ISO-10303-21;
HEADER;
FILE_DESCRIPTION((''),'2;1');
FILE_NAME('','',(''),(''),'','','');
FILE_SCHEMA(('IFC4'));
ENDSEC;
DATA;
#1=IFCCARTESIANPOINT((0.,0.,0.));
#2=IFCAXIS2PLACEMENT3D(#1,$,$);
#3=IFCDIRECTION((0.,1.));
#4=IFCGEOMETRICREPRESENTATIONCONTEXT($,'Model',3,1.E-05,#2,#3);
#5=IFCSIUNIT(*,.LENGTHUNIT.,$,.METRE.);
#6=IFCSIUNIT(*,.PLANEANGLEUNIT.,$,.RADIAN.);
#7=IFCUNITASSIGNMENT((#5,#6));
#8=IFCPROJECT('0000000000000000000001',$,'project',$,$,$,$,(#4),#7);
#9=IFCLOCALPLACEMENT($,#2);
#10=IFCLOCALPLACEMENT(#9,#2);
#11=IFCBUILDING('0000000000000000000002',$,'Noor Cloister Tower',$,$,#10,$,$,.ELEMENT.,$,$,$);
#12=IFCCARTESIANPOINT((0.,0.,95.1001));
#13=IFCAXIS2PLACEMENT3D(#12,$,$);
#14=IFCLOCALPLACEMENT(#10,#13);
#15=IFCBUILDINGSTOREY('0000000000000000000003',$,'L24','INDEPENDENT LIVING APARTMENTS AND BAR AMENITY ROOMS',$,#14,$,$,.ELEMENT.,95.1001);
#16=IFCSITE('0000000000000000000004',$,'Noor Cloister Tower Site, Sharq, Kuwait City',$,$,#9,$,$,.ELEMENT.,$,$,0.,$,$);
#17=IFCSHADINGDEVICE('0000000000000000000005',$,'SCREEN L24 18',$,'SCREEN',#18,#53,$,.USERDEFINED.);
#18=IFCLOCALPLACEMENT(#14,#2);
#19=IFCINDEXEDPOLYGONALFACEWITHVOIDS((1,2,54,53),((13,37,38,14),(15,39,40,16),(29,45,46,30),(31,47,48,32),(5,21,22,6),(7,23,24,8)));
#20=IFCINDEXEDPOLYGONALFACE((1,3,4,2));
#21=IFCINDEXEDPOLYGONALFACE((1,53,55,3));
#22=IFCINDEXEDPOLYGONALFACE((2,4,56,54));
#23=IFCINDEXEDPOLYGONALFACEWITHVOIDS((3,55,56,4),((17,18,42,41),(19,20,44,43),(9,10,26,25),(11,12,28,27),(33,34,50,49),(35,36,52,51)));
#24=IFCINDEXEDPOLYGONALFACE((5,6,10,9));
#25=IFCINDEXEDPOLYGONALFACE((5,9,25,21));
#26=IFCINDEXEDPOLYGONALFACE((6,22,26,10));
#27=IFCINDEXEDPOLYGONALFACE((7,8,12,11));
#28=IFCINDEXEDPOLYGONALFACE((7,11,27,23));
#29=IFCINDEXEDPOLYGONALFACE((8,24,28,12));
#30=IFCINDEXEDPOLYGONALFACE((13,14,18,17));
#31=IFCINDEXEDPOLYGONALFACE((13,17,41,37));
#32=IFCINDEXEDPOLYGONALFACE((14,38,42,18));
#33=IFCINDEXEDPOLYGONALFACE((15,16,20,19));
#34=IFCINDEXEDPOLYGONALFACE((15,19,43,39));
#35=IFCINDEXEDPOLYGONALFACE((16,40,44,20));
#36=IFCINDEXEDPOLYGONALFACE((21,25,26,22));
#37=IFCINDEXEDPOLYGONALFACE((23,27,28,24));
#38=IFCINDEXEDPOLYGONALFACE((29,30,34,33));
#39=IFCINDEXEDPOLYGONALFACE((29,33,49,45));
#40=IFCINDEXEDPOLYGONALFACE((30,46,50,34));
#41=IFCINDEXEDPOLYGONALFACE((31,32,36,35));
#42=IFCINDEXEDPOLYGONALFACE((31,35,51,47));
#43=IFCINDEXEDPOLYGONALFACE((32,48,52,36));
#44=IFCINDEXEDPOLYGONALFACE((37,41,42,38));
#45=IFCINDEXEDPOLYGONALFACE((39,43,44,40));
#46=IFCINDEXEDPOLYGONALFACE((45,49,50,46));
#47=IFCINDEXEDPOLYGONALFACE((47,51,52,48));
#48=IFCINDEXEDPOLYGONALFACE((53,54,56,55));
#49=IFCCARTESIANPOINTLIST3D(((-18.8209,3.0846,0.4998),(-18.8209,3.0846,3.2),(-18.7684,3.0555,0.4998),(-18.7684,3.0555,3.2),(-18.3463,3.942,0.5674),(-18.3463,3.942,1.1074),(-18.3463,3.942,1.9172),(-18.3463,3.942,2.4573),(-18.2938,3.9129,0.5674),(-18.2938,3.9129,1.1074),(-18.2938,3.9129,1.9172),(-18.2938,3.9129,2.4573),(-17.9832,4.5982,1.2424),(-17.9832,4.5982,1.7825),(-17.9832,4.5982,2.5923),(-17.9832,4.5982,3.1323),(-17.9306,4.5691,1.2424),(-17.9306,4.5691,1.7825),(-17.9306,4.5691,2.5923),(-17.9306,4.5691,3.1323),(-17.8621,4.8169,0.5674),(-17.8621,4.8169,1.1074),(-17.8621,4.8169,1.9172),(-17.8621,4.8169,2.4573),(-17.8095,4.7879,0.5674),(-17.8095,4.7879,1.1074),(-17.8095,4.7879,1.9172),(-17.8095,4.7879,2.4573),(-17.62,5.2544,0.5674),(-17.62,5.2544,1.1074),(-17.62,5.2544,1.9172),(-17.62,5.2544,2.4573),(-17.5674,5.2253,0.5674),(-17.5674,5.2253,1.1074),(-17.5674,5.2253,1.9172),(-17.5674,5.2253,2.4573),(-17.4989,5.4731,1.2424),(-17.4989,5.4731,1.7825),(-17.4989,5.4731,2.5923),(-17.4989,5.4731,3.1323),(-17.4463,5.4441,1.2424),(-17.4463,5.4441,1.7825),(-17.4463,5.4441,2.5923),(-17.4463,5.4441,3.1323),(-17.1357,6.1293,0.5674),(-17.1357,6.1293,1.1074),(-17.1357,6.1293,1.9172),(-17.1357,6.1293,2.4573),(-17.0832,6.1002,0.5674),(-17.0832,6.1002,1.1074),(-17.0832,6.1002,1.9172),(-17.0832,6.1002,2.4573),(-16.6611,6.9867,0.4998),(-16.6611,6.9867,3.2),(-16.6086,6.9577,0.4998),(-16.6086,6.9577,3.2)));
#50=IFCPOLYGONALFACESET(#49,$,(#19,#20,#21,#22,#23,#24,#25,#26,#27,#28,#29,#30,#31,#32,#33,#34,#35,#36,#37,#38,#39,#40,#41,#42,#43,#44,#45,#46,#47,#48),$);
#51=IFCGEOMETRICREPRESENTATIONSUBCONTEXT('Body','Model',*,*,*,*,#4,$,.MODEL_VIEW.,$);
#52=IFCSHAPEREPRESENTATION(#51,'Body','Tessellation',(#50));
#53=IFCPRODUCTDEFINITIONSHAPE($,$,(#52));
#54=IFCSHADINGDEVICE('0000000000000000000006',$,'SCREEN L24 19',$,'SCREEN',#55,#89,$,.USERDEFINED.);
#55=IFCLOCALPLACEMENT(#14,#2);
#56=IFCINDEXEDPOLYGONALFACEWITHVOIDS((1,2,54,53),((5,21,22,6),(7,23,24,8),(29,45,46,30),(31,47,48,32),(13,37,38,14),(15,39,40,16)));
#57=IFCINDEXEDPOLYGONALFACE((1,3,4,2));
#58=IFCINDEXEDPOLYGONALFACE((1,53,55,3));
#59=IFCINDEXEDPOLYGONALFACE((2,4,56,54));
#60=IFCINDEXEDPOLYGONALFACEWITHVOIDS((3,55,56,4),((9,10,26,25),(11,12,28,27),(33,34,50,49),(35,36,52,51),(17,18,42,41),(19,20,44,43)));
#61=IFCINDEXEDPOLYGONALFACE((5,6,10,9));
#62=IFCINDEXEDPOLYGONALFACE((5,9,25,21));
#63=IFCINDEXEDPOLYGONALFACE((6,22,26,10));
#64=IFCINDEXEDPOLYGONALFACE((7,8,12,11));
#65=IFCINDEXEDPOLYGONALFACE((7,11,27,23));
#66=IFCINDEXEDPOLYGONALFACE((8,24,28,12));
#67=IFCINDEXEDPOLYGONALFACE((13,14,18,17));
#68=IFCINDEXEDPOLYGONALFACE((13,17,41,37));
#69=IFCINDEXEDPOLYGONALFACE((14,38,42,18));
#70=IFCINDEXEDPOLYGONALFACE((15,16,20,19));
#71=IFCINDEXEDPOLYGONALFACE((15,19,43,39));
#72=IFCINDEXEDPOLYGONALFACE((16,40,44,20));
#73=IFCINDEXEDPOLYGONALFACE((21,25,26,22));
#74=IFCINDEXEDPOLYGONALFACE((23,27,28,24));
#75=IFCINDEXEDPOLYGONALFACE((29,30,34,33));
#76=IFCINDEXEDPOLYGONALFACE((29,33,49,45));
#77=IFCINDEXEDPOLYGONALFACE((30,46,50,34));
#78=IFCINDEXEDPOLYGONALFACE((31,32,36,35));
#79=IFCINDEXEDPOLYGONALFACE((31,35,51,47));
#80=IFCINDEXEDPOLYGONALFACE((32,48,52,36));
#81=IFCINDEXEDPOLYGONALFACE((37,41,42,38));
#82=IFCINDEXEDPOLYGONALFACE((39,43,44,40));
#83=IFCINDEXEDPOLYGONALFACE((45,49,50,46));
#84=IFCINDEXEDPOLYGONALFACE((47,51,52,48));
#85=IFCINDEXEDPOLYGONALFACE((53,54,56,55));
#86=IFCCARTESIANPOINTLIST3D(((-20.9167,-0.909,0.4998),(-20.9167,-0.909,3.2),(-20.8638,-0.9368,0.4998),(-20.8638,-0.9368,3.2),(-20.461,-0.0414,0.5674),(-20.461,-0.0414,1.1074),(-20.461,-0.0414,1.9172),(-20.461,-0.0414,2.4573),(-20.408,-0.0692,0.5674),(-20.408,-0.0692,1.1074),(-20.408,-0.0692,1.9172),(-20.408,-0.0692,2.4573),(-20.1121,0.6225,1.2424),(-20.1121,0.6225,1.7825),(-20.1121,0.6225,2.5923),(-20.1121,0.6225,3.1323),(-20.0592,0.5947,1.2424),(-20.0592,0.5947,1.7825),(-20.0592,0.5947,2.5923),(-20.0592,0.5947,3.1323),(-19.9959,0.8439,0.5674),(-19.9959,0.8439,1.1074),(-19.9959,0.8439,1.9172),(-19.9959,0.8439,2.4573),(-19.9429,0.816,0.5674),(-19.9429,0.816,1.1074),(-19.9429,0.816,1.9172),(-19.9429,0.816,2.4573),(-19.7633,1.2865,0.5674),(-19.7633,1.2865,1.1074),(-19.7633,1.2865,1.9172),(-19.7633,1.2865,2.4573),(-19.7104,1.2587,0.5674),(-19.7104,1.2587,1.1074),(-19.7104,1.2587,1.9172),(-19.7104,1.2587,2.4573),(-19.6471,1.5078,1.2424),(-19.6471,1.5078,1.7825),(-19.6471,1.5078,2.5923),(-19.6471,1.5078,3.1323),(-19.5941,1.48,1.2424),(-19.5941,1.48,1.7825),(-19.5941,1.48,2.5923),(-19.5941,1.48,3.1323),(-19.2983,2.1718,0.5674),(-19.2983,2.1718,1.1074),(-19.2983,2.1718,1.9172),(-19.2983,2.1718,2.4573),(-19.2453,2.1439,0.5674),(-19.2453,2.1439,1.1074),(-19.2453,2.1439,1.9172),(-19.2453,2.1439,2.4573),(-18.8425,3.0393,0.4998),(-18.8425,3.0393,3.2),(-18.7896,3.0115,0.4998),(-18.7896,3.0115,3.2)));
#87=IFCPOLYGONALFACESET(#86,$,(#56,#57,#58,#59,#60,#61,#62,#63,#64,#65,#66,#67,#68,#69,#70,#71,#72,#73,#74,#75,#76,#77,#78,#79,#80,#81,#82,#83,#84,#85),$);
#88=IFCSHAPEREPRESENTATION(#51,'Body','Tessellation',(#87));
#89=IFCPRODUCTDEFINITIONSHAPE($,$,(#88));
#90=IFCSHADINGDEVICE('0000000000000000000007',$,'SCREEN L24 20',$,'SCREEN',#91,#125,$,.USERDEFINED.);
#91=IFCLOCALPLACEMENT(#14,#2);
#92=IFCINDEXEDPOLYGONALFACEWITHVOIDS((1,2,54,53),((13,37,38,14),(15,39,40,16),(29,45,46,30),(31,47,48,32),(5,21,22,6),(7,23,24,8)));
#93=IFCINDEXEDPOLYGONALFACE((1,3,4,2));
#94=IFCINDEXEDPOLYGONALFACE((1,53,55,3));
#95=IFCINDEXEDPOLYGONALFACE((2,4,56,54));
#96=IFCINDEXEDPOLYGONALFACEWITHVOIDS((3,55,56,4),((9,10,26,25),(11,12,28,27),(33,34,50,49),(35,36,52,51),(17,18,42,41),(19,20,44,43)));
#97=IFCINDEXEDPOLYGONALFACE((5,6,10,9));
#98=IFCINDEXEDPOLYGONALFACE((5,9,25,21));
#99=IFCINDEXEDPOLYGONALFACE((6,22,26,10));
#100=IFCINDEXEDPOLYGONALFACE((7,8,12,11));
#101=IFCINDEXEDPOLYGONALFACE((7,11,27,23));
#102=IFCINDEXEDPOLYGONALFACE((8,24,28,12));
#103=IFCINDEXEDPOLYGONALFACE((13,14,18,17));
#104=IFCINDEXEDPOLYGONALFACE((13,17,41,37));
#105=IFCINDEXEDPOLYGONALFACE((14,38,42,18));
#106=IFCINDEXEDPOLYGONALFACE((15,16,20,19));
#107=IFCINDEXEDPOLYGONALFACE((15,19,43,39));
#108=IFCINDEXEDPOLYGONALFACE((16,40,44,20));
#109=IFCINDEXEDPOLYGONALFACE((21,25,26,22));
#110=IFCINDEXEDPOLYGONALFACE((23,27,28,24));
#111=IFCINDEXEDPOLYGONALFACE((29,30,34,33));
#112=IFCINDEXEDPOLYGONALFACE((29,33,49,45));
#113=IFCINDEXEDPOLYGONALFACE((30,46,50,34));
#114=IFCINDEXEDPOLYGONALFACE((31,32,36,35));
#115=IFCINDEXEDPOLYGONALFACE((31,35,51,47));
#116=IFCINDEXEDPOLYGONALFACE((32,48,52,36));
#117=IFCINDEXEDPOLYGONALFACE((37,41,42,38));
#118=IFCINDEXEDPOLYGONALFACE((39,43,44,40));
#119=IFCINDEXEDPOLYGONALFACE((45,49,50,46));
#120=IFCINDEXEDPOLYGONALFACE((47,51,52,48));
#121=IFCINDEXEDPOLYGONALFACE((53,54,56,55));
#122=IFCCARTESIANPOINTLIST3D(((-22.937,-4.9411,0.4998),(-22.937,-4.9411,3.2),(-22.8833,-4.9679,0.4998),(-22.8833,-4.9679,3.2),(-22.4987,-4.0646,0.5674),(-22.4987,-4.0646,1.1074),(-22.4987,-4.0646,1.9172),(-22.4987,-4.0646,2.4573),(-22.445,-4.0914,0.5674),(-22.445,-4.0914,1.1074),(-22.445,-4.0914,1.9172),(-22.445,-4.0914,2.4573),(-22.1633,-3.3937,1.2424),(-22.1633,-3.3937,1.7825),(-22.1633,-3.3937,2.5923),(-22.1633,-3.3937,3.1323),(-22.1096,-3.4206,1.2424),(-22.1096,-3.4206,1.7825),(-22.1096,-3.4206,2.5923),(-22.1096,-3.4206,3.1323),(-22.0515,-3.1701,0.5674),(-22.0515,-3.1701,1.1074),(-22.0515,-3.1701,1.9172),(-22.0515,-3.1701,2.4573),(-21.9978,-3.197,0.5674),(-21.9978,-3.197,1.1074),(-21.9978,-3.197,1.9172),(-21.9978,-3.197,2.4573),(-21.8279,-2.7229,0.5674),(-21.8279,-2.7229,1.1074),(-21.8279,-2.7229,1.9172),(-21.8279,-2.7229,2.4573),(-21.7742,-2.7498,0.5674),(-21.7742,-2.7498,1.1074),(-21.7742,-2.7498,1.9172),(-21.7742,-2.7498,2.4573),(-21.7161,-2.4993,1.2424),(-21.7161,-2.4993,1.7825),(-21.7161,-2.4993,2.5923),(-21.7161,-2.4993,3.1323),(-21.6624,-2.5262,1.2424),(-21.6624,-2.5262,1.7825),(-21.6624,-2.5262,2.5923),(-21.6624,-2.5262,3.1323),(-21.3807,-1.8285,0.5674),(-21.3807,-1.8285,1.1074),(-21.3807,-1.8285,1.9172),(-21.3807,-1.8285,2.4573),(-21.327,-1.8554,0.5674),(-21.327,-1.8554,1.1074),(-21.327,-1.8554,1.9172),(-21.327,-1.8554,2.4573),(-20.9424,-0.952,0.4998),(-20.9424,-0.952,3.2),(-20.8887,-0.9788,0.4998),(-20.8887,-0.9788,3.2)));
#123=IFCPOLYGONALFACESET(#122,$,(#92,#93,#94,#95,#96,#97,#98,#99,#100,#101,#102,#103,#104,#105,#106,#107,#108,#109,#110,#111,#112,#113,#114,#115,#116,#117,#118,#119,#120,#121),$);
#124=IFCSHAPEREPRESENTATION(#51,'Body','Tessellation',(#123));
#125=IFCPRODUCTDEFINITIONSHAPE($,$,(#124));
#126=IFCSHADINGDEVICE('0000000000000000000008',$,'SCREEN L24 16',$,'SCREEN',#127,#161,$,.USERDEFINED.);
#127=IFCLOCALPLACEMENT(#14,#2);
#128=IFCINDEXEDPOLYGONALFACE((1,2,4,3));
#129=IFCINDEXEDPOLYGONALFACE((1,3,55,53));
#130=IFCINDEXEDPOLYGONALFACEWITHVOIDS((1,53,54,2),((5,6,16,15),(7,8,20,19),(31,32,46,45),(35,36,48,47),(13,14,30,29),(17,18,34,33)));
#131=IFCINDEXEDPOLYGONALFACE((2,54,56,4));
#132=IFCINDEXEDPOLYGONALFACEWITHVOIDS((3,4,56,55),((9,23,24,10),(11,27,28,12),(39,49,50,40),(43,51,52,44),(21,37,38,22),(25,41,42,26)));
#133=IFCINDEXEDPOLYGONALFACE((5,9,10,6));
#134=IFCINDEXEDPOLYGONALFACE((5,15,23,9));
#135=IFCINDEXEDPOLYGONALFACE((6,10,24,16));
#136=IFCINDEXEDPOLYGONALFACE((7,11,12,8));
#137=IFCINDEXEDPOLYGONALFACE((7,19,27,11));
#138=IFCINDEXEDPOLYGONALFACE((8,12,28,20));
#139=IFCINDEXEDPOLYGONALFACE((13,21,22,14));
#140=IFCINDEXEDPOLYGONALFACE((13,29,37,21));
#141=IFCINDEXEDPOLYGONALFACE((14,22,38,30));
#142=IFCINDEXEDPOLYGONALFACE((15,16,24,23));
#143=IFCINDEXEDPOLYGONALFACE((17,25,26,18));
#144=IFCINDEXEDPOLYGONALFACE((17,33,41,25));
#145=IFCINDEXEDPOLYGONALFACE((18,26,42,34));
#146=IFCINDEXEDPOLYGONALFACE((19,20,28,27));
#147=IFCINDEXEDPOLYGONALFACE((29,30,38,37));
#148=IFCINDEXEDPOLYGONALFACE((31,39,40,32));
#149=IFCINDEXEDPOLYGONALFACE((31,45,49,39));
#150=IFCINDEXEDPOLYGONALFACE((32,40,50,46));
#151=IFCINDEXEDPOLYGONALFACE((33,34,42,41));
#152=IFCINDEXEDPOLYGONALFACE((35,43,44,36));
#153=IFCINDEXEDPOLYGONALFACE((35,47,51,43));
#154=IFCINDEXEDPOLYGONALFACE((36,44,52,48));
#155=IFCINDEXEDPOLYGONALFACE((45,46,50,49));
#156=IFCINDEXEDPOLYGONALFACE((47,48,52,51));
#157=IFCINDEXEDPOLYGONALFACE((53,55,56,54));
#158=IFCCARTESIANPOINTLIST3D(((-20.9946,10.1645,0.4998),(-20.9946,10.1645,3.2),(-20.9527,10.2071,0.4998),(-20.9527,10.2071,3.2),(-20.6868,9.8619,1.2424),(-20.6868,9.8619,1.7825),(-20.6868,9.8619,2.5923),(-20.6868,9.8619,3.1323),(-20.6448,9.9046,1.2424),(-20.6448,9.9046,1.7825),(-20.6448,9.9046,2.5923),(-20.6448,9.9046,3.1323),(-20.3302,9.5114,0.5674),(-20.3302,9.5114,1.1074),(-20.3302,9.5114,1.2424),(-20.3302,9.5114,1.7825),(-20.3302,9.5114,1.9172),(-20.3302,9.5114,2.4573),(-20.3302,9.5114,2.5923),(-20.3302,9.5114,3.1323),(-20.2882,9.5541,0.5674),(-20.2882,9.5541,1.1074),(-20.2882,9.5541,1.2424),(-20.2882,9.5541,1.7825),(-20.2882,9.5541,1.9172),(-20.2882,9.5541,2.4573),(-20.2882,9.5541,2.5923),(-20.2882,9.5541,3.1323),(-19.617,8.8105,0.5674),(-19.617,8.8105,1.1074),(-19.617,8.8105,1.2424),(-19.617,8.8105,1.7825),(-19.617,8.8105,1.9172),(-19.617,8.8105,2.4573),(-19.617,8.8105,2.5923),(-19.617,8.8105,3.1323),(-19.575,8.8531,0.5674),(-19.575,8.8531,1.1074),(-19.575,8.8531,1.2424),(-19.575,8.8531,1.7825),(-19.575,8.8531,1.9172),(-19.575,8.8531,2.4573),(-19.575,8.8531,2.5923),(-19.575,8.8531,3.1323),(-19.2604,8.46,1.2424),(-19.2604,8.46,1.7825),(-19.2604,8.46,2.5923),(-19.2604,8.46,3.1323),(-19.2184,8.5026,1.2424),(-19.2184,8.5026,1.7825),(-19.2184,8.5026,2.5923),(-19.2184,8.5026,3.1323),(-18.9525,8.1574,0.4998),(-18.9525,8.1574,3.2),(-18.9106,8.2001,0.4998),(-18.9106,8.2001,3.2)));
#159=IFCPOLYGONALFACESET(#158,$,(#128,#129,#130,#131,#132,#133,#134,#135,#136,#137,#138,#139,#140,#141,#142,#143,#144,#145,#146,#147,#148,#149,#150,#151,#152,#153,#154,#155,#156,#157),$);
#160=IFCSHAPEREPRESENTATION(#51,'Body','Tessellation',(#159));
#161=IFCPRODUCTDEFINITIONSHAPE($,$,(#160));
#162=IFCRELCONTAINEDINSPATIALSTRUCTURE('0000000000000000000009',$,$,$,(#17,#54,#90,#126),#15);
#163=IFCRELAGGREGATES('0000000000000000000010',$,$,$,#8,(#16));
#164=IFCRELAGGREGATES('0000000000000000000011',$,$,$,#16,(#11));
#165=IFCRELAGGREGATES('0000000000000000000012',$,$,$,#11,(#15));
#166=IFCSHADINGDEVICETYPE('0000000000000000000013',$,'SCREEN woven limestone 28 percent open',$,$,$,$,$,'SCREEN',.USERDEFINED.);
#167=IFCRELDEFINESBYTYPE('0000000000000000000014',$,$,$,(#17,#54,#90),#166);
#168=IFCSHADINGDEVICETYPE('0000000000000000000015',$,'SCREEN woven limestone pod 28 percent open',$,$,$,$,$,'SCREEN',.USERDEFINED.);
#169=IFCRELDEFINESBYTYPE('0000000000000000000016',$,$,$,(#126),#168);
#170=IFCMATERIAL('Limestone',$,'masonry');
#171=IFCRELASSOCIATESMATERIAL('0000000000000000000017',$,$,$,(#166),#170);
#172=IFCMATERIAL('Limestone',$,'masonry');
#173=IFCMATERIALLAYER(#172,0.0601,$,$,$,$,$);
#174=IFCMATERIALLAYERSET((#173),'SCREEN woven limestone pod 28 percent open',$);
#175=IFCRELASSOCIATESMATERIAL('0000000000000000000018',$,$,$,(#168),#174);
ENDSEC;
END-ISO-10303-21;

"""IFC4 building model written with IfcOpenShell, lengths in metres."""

from ifc_helpers import new_model, si_unit, direction, frame, origin, place, context, subcontext, project, spatial, polyline, outline, extrude, material, layer, layer_set, material_profile, profile_set, type_object, element, save


model = new_model("IFC4")

# Units and contexts
model_context = context("Model", 3, precision=1e-05, world=origin(), true_north=direction((0.0, 1.0)))
body_context = subcontext(model_context, "Body", "Model", "MODEL_VIEW")
ifc_project = project(units=[si_unit("LENGTHUNIT", "METRE"), si_unit("PLANEANGLEUNIT", "RADIAN")], contexts=[model_context])

# Site, building, storey
site_placement = place(None, origin())
site = spatial("IfcSite", under=ifc_project, at=site_placement, Name="Noor Cloister Tower Site, Sharq, Kuwait City", CompositionType="ELEMENT", RefElevation=0.0)
building_placement = place(site_placement, origin())
building = spatial("IfcBuilding", under=site, at=building_placement, Name="Noor Cloister Tower", CompositionType="ELEMENT")
storey_placement = place(building_placement, frame((0.0, 0.0, 95.1001)))
storey = spatial("IfcBuildingStorey", under=building, at=storey_placement, Name="L24", Description="INDEPENDENT LIVING APARTMENTS AND BAR AMENITY ROOMS", CompositionType="ELEMENT", Elevation=95.1001)

# Shading devices
ifc_material_1 = material(Name="Limestone", Category="masonry")
ifc_material_profile_1 = material_profile(ifc_material_1, outline(polyline([(-2.23, -1.3501), (2.23, -1.3501), (2.23, 1.3501), (-2.23, 1.3501), (-2.23, -1.3501)]), holes=[polyline([(-1.25, -1.2825), (-0.25, -1.2825), (-0.25, -0.7424), (-1.25, -0.7424), (-1.25, -1.2825)]), polyline([(0.25, -1.2825), (1.25, -1.2825), (1.25, -0.7424), (0.25, -0.7424), (0.25, -1.2825)]), polyline([(-0.5, -0.6074), (0.5, -0.6074), (0.5, -0.0674), (-0.5, -0.0674), (-0.5, -0.6074)]), polyline([(-1.25, 0.0674), (-0.25, 0.0674), (-0.25, 0.6074), (-1.25, 0.6074), (-1.25, 0.0674)]), polyline([(0.25, 0.0674), (1.25, 0.0674), (1.25, 0.6074), (0.25, 0.6074), (0.25, 0.0674)]), polyline([(-0.5, 0.7424), (0.5, 0.7424), (0.5, 1.2825), (-0.5, 1.2825), (-0.5, 0.7424)])]), Name="Woven screen 28 percent open")
ifc_profile_set_1 = profile_set([ifc_material_profile_1], Name="Limestone")
shading_device_type_1 = type_object("IfcShadingDeviceType", Name="SCREEN woven limestone 28 percent open", ElementType="SCREEN", PredefinedType="USERDEFINED", material=ifc_profile_set_1)
shading_device_1_placement = place(storey_placement, frame((-17.6885, 5.0066, 1.8499), z_axis=(-0.874924, 0.48426, 0.0), x_axis=(-0.48426, -0.874924, 0.0)))
element("IfcShadingDevice", 1, at=shading_device_1_placement, inside=storey, type_object=shading_device_type_1, Name="SCREEN L24 18", ObjectType="SCREEN", PredefinedType="USERDEFINED", context=body_context, shape_type="SweptSolid", body=[
    extrude(outline(polyline([(-2.23, -1.3501), (2.23, -1.3501), (2.23, 1.3501), (-2.23, 1.3501), (-2.23, -1.3501)]), holes=[polyline([(-1.25, -1.2825), (-0.25, -1.2825), (-0.25, -0.7424), (-1.25, -0.7424), (-1.25, -1.2825)]), polyline([(0.25, -1.2825), (1.25, -1.2825), (1.25, -0.7424), (0.25, -0.7424), (0.25, -1.2825)]), polyline([(-0.5, -0.6074), (0.5, -0.6074), (0.5, -0.0674), (-0.5, -0.0674), (-0.5, -0.6074)]), polyline([(-1.25, 0.0674), (-0.25, 0.0674), (-0.25, 0.6074), (-1.25, 0.6074), (-1.25, 0.0674)]), polyline([(0.25, 0.0674), (1.25, 0.0674), (1.25, 0.6074), (0.25, 0.6074), (0.25, 0.0674)]), polyline([(-0.5, 0.7424), (0.5, 0.7424), (0.5, 1.2825), (-0.5, 1.2825), (-0.5, 0.7424)])]), origin(), (0.0, 0.0, 1.0), 0.0601),
])
shading_device_2_placement = place(storey_placement, frame((-19.8267, 1.0374, 1.8499), z_axis=(-0.885272, 0.465074, 0.0), x_axis=(-0.465074, -0.885272, 0.0)))
element("IfcShadingDevice", 2, at=shading_device_2_placement, inside=storey, type_object=shading_device_type_1, Name="SCREEN L24 19", ObjectType="SCREEN", PredefinedType="USERDEFINED", context=body_context, shape_type="SweptSolid", body=[
    extrude(outline(polyline([(-2.23, -1.3501), (2.23, -1.3501), (2.23, 1.3501), (-2.23, 1.3501), (-2.23, -1.3501)]), holes=[polyline([(-1.25, -1.2825), (-0.25, -1.2825), (-0.25, -0.7424), (-1.25, -0.7424), (-1.25, -1.2825)]), polyline([(0.25, -1.2825), (1.25, -1.2825), (1.25, -0.7424), (0.25, -0.7424), (0.25, -1.2825)]), polyline([(-0.5, -0.6074), (0.5, -0.6074), (0.5, -0.0674), (-0.5, -0.0674), (-0.5, -0.6074)]), polyline([(-1.25, 0.0674), (-0.25, 0.0674), (-0.25, 0.6074), (-1.25, 0.6074), (-1.25, 0.0674)]), polyline([(0.25, 0.0674), (1.25, 0.0674), (1.25, 0.6074), (0.25, 0.6074), (0.25, 0.0674)]), polyline([(-0.5, 0.7424), (0.5, 0.7424), (0.5, 1.2825), (-0.5, 1.2825), (-0.5, 0.7424)])]), origin(), (0.0, 0.0, 1.0), 0.0598),
])
shading_device_3_placement = place(storey_placement, frame((-21.886, -2.9734, 1.8499), z_axis=(-0.894427, 0.447214, 0.0), x_axis=(-0.447214, -0.894427, 0.0)))
element("IfcShadingDevice", 3, at=shading_device_3_placement, inside=storey, type_object=shading_device_type_1, Name="SCREEN L24 20", ObjectType="SCREEN", PredefinedType="USERDEFINED", context=body_context, shape_type="SweptSolid", body=[
    extrude(outline(polyline([(-2.23, -1.3501), (2.23, -1.3501), (2.23, 1.3501), (-2.23, 1.3501), (-2.23, -1.3501)]), holes=[polyline([(-1.25, -1.2825), (-0.25, -1.2825), (-0.25, -0.7424), (-1.25, -0.7424), (-1.25, -1.2825)]), polyline([(0.25, -1.2825), (1.25, -1.2825), (1.25, -0.7424), (0.25, -0.7424), (0.25, -1.2825)]), polyline([(-0.5, -0.6074), (0.5, -0.6074), (0.5, -0.0674), (-0.5, -0.0674), (-0.5, -0.6074)]), polyline([(-1.25, 0.0674), (-0.25, 0.0674), (-0.25, 0.6074), (-1.25, 0.6074), (-1.25, 0.0674)]), polyline([(0.25, 0.0674), (1.25, 0.0674), (1.25, 0.6074), (0.25, 0.6074), (0.25, 0.0674)]), polyline([(-0.5, 0.7424), (0.5, 0.7424), (0.5, 1.2825), (-0.5, 1.2825), (-0.5, 0.7424)])]), origin(), (0.0, 0.0, 1.0), 0.0601),
])
ifc_material_2 = material(Name="Limestone", Category="masonry")
ifc_layer_1 = layer(ifc_material_2, 0.0601)
ifc_layer_set_1 = layer_set([ifc_layer_1], Name="SCREEN woven limestone pod 28 percent open")
shading_device_type_2 = type_object("IfcShadingDeviceType", Name="SCREEN woven limestone pod 28 percent open", ElementType="SCREEN", PredefinedType="USERDEFINED", material=ifc_layer_set_1)
shading_device_4_placement = place(storey_placement, frame((-19.9316, 9.2036, 1.8499), z_axis=(-0.700967, -0.713193, 0.0), x_axis=(0.713193, -0.700967, 0.0)))
element("IfcShadingDevice", 4, at=shading_device_4_placement, inside=storey, type_object=shading_device_type_2, Name="SCREEN L24 16", ObjectType="SCREEN", PredefinedType="USERDEFINED", context=body_context, shape_type="SweptSolid", body=[
    extrude(outline(polyline([(-1.4316, -1.3501), (1.4316, -1.3501), (1.4316, 1.3501), (-1.4316, 1.3501), (-1.4316, -1.3501)]), holes=[polyline([(-0.5, -1.2825), (0.5, -1.2825), (0.5, -0.7424), (-0.5, -0.7424), (-0.5, -1.2825)]), polyline([(-1.0, -0.6074), (-0.5, -0.6074), (-0.5, -0.0674), (-1.0, -0.0674), (-1.0, -0.6074)]), polyline([(0.5, -0.6074), (1.0, -0.6074), (1.0, -0.0674), (0.5, -0.0674), (0.5, -0.6074)]), polyline([(-0.5, 0.0674), (0.5, 0.0674), (0.5, 0.6074), (-0.5, 0.6074), (-0.5, 0.0674)]), polyline([(-1.0, 0.7424), (-0.5, 0.7424), (-0.5, 1.2825), (-1.0, 1.2825), (-1.0, 0.7424)]), polyline([(0.5, 0.7424), (1.0, 0.7424), (1.0, 1.2825), (0.5, 1.2825), (0.5, 0.7424)])]), origin(), (0.0, 0.0, 1.0), 0.0598),
])

save(model, "model.ifc")
